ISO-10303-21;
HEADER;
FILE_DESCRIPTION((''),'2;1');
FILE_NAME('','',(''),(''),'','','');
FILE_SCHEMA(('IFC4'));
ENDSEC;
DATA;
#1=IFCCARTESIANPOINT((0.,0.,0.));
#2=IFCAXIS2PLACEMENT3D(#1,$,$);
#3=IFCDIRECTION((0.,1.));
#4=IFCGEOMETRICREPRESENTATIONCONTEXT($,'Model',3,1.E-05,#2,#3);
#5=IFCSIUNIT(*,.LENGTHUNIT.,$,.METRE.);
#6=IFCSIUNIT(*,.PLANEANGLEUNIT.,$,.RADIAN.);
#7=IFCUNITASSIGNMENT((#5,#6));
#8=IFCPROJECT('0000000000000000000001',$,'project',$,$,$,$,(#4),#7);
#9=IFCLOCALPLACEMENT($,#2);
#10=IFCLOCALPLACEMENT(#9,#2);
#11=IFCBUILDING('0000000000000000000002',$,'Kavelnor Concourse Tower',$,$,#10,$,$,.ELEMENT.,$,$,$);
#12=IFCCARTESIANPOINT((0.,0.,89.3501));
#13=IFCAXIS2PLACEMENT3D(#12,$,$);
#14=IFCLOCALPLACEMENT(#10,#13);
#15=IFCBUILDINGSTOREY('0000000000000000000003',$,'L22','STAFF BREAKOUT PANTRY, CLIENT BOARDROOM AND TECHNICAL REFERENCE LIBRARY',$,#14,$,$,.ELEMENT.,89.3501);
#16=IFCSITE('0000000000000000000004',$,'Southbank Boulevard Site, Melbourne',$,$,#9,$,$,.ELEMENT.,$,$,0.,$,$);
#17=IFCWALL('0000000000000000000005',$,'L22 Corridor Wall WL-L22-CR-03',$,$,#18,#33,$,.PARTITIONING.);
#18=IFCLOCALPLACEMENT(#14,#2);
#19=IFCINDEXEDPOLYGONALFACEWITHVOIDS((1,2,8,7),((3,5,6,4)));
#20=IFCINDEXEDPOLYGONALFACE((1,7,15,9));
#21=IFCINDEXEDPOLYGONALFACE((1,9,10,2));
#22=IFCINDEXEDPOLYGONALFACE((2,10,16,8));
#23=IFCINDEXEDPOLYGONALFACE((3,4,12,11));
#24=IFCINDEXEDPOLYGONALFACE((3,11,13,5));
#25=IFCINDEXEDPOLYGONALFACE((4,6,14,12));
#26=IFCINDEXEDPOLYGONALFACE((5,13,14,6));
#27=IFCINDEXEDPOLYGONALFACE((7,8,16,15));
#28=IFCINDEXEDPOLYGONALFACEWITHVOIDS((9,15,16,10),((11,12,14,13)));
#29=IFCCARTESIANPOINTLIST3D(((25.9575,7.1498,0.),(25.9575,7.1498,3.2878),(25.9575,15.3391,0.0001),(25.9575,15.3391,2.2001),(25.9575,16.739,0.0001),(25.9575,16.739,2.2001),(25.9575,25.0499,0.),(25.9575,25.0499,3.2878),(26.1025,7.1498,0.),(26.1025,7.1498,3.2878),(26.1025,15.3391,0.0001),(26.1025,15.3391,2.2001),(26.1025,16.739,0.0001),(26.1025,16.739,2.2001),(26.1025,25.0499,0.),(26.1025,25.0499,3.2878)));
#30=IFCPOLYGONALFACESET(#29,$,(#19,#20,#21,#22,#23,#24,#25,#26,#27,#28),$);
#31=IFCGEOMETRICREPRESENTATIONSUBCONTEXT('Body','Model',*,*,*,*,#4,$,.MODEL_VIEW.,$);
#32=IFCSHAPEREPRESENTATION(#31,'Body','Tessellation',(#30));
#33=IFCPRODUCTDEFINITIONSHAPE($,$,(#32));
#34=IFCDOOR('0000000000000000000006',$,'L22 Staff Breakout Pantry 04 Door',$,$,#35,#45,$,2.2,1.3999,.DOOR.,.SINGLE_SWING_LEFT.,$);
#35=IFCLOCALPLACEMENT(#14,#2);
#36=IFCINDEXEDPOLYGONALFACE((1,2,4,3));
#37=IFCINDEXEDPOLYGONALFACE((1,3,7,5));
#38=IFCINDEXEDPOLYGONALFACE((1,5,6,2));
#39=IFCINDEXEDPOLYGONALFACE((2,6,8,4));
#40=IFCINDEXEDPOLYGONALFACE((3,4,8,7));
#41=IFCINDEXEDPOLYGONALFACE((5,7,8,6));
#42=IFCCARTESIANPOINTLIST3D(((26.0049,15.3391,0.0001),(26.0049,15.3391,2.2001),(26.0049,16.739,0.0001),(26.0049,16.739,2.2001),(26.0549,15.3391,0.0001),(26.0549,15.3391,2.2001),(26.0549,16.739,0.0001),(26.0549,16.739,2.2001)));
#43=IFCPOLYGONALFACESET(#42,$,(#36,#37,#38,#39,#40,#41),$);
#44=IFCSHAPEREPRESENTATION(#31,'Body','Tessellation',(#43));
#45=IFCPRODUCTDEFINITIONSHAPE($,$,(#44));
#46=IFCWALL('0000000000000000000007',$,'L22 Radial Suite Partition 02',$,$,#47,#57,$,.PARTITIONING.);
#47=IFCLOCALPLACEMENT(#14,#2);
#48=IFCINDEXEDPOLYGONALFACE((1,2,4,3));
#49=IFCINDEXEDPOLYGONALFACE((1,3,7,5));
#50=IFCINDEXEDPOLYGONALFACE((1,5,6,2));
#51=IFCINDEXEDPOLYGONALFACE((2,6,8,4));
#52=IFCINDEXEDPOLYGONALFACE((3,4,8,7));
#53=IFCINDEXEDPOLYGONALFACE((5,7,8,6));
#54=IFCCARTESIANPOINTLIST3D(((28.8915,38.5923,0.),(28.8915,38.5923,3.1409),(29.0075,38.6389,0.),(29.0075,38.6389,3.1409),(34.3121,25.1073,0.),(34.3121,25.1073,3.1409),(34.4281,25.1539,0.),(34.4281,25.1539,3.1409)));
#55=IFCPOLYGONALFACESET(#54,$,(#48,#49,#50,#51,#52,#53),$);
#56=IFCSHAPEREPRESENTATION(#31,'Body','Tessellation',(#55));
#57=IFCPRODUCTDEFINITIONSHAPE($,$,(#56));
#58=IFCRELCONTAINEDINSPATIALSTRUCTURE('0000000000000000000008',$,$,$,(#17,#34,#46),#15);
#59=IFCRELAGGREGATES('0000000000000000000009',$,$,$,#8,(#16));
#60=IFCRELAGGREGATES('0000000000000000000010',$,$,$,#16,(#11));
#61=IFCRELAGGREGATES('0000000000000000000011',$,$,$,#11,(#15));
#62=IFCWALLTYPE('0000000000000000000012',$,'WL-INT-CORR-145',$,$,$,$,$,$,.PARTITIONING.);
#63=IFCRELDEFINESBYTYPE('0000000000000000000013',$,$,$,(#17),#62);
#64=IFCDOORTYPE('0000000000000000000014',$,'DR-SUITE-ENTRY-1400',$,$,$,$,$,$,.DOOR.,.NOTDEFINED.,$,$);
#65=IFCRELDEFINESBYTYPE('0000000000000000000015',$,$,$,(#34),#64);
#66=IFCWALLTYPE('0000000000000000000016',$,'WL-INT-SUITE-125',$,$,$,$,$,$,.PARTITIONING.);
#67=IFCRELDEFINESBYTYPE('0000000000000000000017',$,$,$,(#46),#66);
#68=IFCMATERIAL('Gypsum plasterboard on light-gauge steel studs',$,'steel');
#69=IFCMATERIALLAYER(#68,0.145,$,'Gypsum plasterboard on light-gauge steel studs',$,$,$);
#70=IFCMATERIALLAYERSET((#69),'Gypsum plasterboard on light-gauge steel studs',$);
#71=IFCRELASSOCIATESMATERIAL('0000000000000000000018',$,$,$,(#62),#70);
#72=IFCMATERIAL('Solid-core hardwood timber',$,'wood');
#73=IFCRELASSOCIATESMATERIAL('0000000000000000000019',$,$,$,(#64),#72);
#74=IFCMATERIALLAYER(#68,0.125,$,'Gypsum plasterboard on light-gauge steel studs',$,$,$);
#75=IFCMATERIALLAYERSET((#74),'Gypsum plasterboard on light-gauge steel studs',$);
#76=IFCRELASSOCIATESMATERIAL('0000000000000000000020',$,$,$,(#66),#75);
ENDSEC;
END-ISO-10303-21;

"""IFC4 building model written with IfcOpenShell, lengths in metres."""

from ifc_helpers import new_model, si_unit, direction, frame, frame_2d, origin, place, context, subcontext, project, spatial, rectangle, extrude, material, layer, layer_set, type_object, element, fill, save


model = new_model("IFC4")

# Units and contexts
model_context = context("Model", 3, precision=1e-05, world=origin(), true_north=direction((0.0, 1.0)))
body_context = subcontext(model_context, "Body", "Model", "MODEL_VIEW")
ifc_project = project(units=[si_unit("LENGTHUNIT", "METRE"), si_unit("PLANEANGLEUNIT", "RADIAN")], contexts=[model_context])

# Site, building, storey
site_placement = place(None, origin())
site = spatial("IfcSite", under=ifc_project, at=site_placement, Name="Southbank Boulevard Site, Melbourne", CompositionType="ELEMENT", RefElevation=0.0)
building_placement = place(site_placement, origin())
building = spatial("IfcBuilding", under=site, at=building_placement, Name="Kavelnor Concourse Tower", CompositionType="ELEMENT")
storey_placement = place(building_placement, frame((0.0, 0.0, 89.3501)))
storey = spatial("IfcBuildingStorey", under=building, at=storey_placement, Name="L22", Description="STAFF BREAKOUT PANTRY, CLIENT BOARDROOM AND TECHNICAL REFERENCE LIBRARY", CompositionType="ELEMENT", Elevation=89.3501)

# Wall, opening, door
ifc_material_1 = material(Name="Gypsum plasterboard on light-gauge steel studs", Category="steel")
ifc_layer_1 = layer(ifc_material_1, 0.145, Name="Gypsum plasterboard on light-gauge steel studs")
ifc_layer_set_1 = layer_set([ifc_layer_1], Name="Gypsum plasterboard on light-gauge steel studs")
wall_type_1 = type_object("IfcWallType", Name="WL-INT-CORR-145", PredefinedType="PARTITIONING", material=ifc_layer_set_1)
wall_1_placement = place(storey_placement, frame((26.03, 25.05, 0.0), z_axis=(0.0, 0.0, 1.0), x_axis=(0.0, -1.0, 0.0)))
wall_1 = element("IfcWall", 1, at=wall_1_placement, inside=storey, type_object=wall_type_1, Name="L22 Corridor Wall WL-L22-CR-03", PredefinedType="PARTITIONING", context=body_context, shape_type="SweptSolid", body=[
    extrude(rectangle(XDim=17.9001, YDim=0.145, at=frame_2d((8.9502, 0.0))), origin(), (0.0, 0.0, 1.0), 3.2878),
])
opening_1_placement = place(wall_1_placement, frame((8.311, 0.0, 0.0)))
opening_1 = element("IfcOpeningElement", 2, at=opening_1_placement, cuts=wall_1, PredefinedType="OPENING", context=body_context, shape_type="SweptSolid", body=[
    extrude(rectangle(XDim=1.3999, YDim=2.2, at=frame_2d((0.7, 1.1001))), frame((0.0, 0.0825, 0.0), z_axis=(0.0, -1.0, 0.0), x_axis=(1.0, 0.0, 0.0)), (0.0, 0.0, 1.0), 0.165),
])
ifc_material_2 = material(Name="Solid-core hardwood timber", Category="wood")
door_type = type_object("IfcDoorType", Name="DR-SUITE-ENTRY-1400", OperationType="NOTDEFINED", PredefinedType="DOOR", material=ifc_material_2)
door_placement = place(opening_1_placement, origin())
door = element("IfcDoor", 3, at=door_placement, inside=storey, type_object=door_type, Name="L22 Staff Breakout Pantry 04 Door", OperationType="SINGLE_SWING_LEFT", OverallHeight=2.2, OverallWidth=1.3999, PredefinedType="DOOR", context=body_context, shape_type="SweptSolid", body=[
    extrude(rectangle(XDim=1.3999, YDim=2.2, at=frame_2d((0.7, 1.1001))), frame((0.0, 0.0249, 0.0), z_axis=(0.0, -1.0, 0.0), x_axis=(1.0, 0.0, 0.0)), (0.0, 0.0, 1.0), 0.05),
])
fill(opening_1, door)

# Wall
ifc_layer_2 = layer(ifc_material_1, 0.125, Name="Gypsum plasterboard on light-gauge steel studs")
ifc_layer_set_2 = layer_set([ifc_layer_2], Name="Gypsum plasterboard on light-gauge steel studs")
wall_type_2 = type_object("IfcWallType", Name="WL-INT-SUITE-125", PredefinedType="PARTITIONING", material=ifc_layer_set_2)
wall_2_placement = place(storey_placement, frame((34.3701, 25.1306, 0.0), z_axis=(0.0, 0.0, 1.0), x_axis=(-0.372969, 0.927844, 0.0)))
element("IfcWall", 4, at=wall_2_placement, inside=storey, type_object=wall_type_2, Name="L22 Radial Suite Partition 02", PredefinedType="PARTITIONING", context=body_context, shape_type="SweptSolid", body=[
    extrude(rectangle(XDim=14.5337, YDim=0.125, at=frame_2d((7.2668, 0.0))), origin(), (0.0, 0.0, 1.0), 3.1409),
])

save(model, "model.ifc")
